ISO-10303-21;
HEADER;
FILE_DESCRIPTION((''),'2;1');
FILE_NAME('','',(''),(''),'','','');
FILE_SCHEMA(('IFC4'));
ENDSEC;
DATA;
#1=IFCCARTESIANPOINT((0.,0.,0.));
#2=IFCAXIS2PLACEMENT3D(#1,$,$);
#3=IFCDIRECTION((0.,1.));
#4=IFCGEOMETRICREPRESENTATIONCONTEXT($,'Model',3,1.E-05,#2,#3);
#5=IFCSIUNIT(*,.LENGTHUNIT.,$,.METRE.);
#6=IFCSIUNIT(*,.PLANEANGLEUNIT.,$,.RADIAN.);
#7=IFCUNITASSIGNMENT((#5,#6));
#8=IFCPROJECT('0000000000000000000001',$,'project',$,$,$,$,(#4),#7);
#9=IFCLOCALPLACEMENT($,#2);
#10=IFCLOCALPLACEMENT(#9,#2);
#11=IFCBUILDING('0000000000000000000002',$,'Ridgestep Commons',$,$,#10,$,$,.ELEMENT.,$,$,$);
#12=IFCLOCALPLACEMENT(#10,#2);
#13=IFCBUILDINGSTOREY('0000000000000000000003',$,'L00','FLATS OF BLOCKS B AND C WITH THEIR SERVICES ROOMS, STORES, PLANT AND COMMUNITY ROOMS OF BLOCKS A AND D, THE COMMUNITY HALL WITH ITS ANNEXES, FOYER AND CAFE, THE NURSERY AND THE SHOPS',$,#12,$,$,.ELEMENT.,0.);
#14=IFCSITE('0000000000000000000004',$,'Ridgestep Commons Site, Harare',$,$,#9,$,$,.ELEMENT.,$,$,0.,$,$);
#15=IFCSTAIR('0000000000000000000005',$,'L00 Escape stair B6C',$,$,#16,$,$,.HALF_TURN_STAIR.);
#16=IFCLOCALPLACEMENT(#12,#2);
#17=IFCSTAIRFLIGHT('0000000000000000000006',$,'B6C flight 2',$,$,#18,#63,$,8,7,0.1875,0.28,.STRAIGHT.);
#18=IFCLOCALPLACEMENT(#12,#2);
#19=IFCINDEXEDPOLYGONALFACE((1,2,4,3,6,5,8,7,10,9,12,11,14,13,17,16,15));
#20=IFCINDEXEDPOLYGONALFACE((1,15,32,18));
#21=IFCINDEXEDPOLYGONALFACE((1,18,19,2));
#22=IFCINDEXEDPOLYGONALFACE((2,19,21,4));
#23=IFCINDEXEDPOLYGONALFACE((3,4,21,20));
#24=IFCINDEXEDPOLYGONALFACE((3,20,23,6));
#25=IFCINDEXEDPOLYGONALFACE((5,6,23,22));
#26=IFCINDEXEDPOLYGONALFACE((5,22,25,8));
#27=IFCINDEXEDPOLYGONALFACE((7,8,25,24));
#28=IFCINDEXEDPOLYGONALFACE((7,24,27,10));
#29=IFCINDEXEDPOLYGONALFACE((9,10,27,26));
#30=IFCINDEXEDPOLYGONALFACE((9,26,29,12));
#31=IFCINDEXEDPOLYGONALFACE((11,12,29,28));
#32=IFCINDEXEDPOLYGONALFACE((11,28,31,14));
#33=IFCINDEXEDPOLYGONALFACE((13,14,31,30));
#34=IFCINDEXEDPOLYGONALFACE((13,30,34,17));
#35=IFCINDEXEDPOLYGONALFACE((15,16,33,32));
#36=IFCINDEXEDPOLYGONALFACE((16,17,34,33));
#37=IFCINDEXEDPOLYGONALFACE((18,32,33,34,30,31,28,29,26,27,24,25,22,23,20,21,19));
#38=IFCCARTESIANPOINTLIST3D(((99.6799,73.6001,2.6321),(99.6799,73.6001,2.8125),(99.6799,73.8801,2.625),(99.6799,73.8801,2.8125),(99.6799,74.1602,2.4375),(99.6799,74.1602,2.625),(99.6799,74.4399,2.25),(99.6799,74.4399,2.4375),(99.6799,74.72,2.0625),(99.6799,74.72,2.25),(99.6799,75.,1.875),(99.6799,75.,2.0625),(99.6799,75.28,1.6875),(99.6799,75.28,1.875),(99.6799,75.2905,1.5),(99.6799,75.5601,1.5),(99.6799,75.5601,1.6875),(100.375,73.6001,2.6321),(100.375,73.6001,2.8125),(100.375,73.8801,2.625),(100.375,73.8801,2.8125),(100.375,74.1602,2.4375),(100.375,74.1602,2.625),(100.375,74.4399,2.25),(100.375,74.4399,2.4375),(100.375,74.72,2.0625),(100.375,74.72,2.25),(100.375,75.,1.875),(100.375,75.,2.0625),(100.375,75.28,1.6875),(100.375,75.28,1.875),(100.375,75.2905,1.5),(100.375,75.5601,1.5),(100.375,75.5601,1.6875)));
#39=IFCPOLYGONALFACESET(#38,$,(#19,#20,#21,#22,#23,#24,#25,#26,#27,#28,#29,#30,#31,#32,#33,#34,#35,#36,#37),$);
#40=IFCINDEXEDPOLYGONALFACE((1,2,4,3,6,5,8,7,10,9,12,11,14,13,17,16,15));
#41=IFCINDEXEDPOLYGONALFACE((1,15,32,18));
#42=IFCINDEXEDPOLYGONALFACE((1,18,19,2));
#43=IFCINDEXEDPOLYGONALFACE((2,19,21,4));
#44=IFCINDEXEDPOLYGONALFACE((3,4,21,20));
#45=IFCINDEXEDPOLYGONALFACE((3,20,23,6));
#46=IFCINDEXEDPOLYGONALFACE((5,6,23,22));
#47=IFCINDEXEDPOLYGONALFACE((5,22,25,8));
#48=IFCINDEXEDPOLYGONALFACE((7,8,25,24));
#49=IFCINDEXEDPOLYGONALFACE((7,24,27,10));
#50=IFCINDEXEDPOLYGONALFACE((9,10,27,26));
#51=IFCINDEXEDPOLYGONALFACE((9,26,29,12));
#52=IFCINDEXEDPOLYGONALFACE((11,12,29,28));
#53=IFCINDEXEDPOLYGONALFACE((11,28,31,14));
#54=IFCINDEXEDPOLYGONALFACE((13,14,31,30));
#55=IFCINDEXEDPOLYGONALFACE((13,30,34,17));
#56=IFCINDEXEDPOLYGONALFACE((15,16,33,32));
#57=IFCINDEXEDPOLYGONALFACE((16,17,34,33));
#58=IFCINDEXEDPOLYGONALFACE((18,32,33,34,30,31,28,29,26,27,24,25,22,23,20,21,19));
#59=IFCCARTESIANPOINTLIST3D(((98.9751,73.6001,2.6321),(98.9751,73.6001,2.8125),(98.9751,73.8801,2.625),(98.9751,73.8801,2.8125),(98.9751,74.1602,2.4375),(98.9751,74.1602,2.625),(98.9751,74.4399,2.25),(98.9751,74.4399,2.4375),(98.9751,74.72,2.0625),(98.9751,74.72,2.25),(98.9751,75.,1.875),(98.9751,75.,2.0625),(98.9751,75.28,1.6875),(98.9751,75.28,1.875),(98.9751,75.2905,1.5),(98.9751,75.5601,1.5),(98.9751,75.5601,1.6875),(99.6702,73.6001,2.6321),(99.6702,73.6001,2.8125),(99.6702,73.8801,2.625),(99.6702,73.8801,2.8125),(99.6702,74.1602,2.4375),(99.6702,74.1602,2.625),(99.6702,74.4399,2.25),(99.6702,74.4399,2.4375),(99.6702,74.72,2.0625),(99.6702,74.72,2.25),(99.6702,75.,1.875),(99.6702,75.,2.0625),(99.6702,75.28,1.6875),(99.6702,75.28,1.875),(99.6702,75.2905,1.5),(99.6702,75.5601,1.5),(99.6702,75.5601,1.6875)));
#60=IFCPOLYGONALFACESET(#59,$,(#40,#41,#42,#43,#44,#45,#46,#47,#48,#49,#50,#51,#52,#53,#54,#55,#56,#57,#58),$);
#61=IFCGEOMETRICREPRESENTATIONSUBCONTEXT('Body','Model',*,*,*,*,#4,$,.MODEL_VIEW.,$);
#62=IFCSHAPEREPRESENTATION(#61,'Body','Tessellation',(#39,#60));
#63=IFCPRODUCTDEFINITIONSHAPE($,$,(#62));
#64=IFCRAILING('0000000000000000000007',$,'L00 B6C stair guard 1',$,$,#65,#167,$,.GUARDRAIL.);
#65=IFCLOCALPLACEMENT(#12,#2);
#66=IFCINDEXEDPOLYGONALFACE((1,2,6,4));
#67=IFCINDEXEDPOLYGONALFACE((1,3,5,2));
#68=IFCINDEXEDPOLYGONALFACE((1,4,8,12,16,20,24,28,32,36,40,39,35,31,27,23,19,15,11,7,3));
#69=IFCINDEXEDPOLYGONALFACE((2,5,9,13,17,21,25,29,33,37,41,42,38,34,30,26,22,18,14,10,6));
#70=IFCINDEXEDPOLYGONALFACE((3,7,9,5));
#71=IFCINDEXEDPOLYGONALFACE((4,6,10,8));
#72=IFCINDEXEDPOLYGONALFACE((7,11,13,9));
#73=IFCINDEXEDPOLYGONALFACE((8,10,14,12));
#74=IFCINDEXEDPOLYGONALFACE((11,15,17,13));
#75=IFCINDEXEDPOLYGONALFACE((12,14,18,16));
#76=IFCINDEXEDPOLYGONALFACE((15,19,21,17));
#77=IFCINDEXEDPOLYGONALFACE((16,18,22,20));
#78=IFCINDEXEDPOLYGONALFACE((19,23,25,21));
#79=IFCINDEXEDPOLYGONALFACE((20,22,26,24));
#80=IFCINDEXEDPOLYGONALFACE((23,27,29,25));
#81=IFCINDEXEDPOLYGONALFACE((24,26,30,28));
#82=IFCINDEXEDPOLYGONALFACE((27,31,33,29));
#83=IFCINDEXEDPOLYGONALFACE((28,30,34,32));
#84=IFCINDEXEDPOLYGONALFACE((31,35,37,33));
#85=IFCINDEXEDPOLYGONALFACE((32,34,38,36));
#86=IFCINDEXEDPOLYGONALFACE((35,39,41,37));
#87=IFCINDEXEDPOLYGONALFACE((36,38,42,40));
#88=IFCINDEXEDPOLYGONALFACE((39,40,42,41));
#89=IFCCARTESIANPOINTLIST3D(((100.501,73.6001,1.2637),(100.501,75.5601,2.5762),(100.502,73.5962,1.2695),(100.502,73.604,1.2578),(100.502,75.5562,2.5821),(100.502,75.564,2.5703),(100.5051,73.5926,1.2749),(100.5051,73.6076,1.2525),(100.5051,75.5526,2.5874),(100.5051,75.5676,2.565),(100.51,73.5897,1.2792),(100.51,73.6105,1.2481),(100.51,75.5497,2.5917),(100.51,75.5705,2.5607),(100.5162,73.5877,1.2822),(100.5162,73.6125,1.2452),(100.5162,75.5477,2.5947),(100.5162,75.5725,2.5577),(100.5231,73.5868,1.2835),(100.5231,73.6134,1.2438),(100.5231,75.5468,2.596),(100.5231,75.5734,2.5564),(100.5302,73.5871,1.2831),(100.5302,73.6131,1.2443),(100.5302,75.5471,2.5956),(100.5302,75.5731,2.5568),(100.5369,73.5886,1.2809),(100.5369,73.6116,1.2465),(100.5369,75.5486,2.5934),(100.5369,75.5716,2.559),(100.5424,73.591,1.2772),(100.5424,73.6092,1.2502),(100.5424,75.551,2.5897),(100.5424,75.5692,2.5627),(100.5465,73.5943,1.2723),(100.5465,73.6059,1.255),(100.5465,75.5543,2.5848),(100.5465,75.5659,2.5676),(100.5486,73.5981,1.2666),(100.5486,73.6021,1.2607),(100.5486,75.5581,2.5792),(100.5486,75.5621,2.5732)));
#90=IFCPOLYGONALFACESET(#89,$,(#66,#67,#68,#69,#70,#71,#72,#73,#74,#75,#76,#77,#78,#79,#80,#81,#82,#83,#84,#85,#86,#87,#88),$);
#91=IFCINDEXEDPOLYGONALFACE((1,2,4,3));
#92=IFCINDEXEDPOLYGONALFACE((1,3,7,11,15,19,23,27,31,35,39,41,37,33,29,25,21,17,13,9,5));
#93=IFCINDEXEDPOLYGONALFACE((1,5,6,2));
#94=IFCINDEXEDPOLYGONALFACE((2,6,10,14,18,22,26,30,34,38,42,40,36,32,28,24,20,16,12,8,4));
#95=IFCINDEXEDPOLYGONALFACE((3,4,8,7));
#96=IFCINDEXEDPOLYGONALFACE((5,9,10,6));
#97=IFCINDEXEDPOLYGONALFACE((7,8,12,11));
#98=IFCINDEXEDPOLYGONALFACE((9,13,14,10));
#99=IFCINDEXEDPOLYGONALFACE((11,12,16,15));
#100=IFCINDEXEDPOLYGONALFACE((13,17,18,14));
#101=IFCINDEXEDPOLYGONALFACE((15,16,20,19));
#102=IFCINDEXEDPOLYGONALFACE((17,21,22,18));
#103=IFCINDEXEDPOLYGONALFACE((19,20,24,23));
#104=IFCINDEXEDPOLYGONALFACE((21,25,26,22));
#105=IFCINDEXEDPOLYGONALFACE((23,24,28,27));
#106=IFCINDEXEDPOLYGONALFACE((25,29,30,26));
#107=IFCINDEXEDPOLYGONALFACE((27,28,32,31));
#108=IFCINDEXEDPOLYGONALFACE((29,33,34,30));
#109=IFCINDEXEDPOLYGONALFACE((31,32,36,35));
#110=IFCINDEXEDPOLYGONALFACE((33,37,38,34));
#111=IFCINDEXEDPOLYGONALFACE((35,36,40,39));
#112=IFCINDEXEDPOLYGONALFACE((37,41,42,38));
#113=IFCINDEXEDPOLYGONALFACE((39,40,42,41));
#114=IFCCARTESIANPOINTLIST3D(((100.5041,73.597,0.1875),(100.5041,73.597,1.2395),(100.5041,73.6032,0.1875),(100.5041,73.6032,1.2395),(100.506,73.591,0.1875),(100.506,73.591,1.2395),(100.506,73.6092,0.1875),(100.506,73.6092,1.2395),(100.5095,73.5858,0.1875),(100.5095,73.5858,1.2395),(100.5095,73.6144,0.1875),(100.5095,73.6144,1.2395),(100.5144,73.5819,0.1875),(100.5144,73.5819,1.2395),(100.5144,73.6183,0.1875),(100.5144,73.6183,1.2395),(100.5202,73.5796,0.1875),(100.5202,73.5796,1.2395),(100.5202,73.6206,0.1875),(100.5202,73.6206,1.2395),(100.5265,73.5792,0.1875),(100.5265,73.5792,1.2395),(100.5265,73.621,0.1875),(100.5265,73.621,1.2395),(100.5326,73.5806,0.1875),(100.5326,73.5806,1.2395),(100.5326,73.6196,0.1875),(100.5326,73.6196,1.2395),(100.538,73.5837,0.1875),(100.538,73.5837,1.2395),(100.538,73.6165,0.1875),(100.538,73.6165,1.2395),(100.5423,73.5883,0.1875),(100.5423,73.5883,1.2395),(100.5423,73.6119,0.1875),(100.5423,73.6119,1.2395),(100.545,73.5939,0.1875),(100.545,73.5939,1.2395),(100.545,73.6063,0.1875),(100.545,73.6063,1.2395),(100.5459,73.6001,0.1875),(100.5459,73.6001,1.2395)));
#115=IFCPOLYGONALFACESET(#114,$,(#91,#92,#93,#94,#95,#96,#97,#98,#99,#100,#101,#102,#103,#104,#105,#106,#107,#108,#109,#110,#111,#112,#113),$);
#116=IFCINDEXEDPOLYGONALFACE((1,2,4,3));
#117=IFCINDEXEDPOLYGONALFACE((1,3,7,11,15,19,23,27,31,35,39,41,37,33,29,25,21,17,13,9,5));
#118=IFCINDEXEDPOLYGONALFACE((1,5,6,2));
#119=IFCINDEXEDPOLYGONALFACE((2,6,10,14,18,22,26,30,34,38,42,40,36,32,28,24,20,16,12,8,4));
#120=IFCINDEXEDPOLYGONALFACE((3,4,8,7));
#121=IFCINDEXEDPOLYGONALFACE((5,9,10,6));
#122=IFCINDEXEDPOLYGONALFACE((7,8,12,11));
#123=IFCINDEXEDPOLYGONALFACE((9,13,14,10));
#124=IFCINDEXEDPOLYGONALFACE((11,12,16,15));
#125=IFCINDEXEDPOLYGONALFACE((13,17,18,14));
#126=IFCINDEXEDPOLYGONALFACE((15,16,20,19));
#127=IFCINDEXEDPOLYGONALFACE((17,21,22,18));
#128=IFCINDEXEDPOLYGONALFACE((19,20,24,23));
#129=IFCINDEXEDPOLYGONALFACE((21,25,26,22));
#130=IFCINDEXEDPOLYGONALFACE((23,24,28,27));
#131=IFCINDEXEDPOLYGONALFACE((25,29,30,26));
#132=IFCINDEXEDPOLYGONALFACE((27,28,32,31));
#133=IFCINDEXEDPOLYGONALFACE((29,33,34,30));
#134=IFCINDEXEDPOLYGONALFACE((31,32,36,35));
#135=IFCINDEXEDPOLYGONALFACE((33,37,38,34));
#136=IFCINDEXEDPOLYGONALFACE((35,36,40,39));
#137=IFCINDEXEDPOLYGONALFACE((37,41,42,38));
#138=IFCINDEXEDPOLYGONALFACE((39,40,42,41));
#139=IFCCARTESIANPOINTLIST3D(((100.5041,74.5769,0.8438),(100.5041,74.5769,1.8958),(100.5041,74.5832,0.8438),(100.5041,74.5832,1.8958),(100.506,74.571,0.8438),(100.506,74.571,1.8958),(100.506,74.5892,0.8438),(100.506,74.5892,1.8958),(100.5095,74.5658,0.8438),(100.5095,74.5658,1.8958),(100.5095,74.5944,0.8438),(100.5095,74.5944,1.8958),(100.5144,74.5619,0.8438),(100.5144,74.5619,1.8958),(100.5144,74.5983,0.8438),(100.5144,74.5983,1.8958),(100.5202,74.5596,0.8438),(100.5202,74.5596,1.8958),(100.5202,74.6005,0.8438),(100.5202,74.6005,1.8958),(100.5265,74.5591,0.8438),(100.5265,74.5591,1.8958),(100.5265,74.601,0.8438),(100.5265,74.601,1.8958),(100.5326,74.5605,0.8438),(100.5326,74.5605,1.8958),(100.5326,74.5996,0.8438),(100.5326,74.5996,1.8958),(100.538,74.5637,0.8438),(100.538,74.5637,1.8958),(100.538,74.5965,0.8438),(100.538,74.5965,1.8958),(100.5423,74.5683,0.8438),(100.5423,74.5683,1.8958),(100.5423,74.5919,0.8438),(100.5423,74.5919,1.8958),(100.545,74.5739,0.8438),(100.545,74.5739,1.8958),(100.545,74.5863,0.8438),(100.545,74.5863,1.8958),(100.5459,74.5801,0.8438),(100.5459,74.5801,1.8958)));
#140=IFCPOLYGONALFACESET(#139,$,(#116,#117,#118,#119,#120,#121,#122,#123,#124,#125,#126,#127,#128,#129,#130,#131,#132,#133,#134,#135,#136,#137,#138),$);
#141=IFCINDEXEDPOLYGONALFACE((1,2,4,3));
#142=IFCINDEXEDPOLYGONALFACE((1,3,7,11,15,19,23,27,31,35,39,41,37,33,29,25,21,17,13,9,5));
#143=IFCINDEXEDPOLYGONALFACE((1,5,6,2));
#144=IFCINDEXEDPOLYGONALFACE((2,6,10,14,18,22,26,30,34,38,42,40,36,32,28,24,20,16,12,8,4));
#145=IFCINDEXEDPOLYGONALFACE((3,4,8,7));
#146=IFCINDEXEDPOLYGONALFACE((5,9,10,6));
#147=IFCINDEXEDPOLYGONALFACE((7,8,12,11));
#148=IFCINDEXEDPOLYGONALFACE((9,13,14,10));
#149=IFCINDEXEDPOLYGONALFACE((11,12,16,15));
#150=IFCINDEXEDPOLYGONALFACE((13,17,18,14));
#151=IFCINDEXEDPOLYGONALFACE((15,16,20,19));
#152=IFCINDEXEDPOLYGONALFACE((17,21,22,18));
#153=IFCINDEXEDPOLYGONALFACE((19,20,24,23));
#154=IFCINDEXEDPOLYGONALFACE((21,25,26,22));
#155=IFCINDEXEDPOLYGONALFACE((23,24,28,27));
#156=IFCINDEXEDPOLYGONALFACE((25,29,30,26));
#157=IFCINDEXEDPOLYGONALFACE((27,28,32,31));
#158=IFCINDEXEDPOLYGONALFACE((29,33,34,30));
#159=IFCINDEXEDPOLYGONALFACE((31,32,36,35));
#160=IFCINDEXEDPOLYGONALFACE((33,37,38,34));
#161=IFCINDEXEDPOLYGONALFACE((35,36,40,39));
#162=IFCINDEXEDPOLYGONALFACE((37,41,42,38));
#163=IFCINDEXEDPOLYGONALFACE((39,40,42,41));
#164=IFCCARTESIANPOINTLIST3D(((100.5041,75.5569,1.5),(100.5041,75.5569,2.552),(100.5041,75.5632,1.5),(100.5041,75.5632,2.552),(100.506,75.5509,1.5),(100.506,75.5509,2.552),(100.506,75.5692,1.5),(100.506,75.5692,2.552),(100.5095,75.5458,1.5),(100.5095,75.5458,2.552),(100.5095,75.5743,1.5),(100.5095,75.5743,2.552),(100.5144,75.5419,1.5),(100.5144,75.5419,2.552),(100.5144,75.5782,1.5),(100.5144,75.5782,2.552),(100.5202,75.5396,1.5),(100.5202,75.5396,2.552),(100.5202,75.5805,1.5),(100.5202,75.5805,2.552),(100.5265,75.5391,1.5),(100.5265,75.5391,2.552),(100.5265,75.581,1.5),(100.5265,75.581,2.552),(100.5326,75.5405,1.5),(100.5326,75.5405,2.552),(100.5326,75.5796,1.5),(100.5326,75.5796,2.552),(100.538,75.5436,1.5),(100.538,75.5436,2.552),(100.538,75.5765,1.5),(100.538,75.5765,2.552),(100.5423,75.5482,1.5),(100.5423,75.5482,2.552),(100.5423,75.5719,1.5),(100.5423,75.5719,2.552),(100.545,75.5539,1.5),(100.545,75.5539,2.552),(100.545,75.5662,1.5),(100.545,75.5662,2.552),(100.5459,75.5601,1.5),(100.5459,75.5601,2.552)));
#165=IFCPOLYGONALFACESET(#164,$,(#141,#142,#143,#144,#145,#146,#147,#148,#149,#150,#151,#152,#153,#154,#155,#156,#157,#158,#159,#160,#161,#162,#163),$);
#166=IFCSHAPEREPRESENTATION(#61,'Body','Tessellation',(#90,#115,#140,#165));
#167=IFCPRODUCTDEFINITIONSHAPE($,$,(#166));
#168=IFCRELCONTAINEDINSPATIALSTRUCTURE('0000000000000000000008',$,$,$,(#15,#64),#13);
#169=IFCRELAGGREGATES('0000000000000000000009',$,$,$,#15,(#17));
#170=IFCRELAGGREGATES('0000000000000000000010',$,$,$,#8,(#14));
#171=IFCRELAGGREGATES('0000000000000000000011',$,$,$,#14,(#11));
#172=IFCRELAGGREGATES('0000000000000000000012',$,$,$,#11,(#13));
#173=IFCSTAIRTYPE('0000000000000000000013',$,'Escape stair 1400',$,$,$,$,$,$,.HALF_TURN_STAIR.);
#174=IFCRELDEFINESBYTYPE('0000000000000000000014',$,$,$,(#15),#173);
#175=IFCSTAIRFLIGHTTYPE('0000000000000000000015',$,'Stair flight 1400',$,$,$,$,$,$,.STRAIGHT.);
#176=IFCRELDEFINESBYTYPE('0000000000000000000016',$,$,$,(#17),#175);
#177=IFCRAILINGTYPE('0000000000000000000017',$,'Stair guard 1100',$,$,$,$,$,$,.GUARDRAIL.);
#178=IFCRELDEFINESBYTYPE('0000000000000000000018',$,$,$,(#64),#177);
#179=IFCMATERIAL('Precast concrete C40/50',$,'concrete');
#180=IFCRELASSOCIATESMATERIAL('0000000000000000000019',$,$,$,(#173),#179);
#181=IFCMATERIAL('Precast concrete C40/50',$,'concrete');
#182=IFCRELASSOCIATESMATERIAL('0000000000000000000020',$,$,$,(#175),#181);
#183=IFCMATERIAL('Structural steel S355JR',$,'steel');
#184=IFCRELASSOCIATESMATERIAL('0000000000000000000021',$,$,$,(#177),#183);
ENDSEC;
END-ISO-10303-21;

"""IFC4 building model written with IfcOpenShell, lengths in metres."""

from ifc_helpers import new_model, si_unit, direction, frame, origin, origin_2d, place, context, subcontext, project, spatial, polyline, circle, outline, extrude, material, type_object, element, aggregate, save


model = new_model("IFC4")

# Units and contexts
model_context = context("Model", 3, precision=1e-05, world=origin(), true_north=direction((0.0, 1.0)))
body_context = subcontext(model_context, "Body", "Model", "MODEL_VIEW")
ifc_project = project(units=[si_unit("LENGTHUNIT", "METRE"), si_unit("PLANEANGLEUNIT", "RADIAN")], contexts=[model_context])

# Site, building, storey
site_placement = place(None, origin())
site = spatial("IfcSite", under=ifc_project, at=site_placement, Name="Ridgestep Commons Site, Harare", CompositionType="ELEMENT", RefElevation=0.0)
building_placement = place(site_placement, origin())
building = spatial("IfcBuilding", under=site, at=building_placement, Name="Ridgestep Commons", CompositionType="ELEMENT")
storey_placement = place(building_placement, origin())
storey = spatial("IfcBuildingStorey", under=building, at=storey_placement, Name="L00", Description="FLATS OF BLOCKS B AND C WITH THEIR SERVICES ROOMS, STORES, PLANT AND COMMUNITY ROOMS OF BLOCKS A AND D, THE COMMUNITY HALL WITH ITS ANNEXES, FOYER AND CAFE, THE NURSERY AND THE SHOPS", CompositionType="ELEMENT", Elevation=0.0)

# Stair, stair flight
ifc_material_1 = material(Name="Precast concrete C40/50", Category="concrete")
stair_type = type_object("IfcStairType", Name="Escape stair 1400", PredefinedType="HALF_TURN_STAIR", material=ifc_material_1)
stair_placement = place(storey_placement, origin())
stair = element("IfcStair", 1, at=stair_placement, inside=storey, type_object=stair_type, Name="L00 Escape stair B6C", PredefinedType="HALF_TURN_STAIR")
ifc_material_2 = material(Name="Precast concrete C40/50", Category="concrete")
stair_flight_type = type_object("IfcStairFlightType", Name="Stair flight 1400", PredefinedType="STRAIGHT", material=ifc_material_2)
stair_flight_placement = place(storey_placement, frame((99.675, 75.5601, 1.5), z_axis=(0.0, 0.0, 1.0), x_axis=(0.0, -1.0, 0.0)))
stair_flight = element("IfcStairFlight", 2, at=stair_flight_placement, type_object=stair_flight_type, Name="B6C flight 2", NumberOfRisers=8, NumberOfTreads=7, PredefinedType="STRAIGHT", RiserHeight=0.1875, TreadLength=0.28, context=body_context, shape_type="SweptSolid", body=[
    extrude(outline(polyline([(0.0, 0.0), (0.0, 0.1875), (0.28, 0.1875), (0.28, 0.375), (0.5601, 0.375), (0.5601, 0.5625), (0.8401, 0.5625), (0.8401, 0.75), (1.1201, 0.75), (1.1201, 0.9375), (1.3999, 0.9375), (1.3999, 1.125), (1.6799, 1.125), (1.6799, 1.3125), (1.96, 1.3125), (1.96, 1.5), (1.96, 1.1321), (0.2695, 0.0), (0.0, 0.0)])), frame((0.0, 0.7, 0.0), z_axis=(0.0, -1.0, 0.0), x_axis=(1.0, 0.0, 0.0)), (0.0, 0.0, 1.0), 0.6951),
    extrude(outline(polyline([(0.0, 0.0), (0.0, 0.1875), (0.28, 0.1875), (0.28, 0.375), (0.5601, 0.375), (0.5601, 0.5625), (0.8401, 0.5625), (0.8401, 0.75), (1.1201, 0.75), (1.1201, 0.9375), (1.3999, 0.9375), (1.3999, 1.125), (1.6799, 1.125), (1.6799, 1.3125), (1.96, 1.3125), (1.96, 1.5), (1.96, 1.1321), (0.2695, 0.0), (0.0, 0.0)])), frame((0.0, -0.0049, 0.0), z_axis=(0.0, -1.0, 0.0), x_axis=(1.0, 0.0, 0.0)), (0.0, 0.0, 1.0), 0.6951),
])
aggregate(stair, [stair_flight])

# Railing
ifc_material_3 = material(Name="Structural steel S355JR", Category="steel")
railing_type_1 = type_object("IfcRailingType", Name="Stair guard 1100", PredefinedType="GUARDRAIL", material=ifc_material_3)
railing_1_placement = place(storey_placement, frame((100.5249, 73.6001, 0.1875)))
element("IfcRailing", 3, at=railing_1_placement, inside=storey, type_object=railing_type_1, Name="L00 B6C stair guard 1", PredefinedType="GUARDRAIL", context=body_context, shape_type="SweptSolid", body=[
    extrude(circle(Radius=0.0239, at=origin_2d()), frame((0.0, 0.0, 1.0762), z_axis=(0.0, 0.830902, 0.556419), x_axis=(-1.0, 0.0, 0.0)), (0.0, 0.0, 1.0), 2.3589),
    extrude(circle(Radius=0.021, at=origin_2d()), origin(), (0.0, 0.0, 1.0), 1.052),
    extrude(circle(Radius=0.021, at=origin_2d()), frame((0.0, 0.98, 0.6562)), (0.0, 0.0, 1.0), 1.052),
    extrude(circle(Radius=0.021, at=origin_2d()), frame((0.0, 1.96, 1.3125)), (0.0, 0.0, 1.0), 1.052),
])

save(model, "model.ifc")
